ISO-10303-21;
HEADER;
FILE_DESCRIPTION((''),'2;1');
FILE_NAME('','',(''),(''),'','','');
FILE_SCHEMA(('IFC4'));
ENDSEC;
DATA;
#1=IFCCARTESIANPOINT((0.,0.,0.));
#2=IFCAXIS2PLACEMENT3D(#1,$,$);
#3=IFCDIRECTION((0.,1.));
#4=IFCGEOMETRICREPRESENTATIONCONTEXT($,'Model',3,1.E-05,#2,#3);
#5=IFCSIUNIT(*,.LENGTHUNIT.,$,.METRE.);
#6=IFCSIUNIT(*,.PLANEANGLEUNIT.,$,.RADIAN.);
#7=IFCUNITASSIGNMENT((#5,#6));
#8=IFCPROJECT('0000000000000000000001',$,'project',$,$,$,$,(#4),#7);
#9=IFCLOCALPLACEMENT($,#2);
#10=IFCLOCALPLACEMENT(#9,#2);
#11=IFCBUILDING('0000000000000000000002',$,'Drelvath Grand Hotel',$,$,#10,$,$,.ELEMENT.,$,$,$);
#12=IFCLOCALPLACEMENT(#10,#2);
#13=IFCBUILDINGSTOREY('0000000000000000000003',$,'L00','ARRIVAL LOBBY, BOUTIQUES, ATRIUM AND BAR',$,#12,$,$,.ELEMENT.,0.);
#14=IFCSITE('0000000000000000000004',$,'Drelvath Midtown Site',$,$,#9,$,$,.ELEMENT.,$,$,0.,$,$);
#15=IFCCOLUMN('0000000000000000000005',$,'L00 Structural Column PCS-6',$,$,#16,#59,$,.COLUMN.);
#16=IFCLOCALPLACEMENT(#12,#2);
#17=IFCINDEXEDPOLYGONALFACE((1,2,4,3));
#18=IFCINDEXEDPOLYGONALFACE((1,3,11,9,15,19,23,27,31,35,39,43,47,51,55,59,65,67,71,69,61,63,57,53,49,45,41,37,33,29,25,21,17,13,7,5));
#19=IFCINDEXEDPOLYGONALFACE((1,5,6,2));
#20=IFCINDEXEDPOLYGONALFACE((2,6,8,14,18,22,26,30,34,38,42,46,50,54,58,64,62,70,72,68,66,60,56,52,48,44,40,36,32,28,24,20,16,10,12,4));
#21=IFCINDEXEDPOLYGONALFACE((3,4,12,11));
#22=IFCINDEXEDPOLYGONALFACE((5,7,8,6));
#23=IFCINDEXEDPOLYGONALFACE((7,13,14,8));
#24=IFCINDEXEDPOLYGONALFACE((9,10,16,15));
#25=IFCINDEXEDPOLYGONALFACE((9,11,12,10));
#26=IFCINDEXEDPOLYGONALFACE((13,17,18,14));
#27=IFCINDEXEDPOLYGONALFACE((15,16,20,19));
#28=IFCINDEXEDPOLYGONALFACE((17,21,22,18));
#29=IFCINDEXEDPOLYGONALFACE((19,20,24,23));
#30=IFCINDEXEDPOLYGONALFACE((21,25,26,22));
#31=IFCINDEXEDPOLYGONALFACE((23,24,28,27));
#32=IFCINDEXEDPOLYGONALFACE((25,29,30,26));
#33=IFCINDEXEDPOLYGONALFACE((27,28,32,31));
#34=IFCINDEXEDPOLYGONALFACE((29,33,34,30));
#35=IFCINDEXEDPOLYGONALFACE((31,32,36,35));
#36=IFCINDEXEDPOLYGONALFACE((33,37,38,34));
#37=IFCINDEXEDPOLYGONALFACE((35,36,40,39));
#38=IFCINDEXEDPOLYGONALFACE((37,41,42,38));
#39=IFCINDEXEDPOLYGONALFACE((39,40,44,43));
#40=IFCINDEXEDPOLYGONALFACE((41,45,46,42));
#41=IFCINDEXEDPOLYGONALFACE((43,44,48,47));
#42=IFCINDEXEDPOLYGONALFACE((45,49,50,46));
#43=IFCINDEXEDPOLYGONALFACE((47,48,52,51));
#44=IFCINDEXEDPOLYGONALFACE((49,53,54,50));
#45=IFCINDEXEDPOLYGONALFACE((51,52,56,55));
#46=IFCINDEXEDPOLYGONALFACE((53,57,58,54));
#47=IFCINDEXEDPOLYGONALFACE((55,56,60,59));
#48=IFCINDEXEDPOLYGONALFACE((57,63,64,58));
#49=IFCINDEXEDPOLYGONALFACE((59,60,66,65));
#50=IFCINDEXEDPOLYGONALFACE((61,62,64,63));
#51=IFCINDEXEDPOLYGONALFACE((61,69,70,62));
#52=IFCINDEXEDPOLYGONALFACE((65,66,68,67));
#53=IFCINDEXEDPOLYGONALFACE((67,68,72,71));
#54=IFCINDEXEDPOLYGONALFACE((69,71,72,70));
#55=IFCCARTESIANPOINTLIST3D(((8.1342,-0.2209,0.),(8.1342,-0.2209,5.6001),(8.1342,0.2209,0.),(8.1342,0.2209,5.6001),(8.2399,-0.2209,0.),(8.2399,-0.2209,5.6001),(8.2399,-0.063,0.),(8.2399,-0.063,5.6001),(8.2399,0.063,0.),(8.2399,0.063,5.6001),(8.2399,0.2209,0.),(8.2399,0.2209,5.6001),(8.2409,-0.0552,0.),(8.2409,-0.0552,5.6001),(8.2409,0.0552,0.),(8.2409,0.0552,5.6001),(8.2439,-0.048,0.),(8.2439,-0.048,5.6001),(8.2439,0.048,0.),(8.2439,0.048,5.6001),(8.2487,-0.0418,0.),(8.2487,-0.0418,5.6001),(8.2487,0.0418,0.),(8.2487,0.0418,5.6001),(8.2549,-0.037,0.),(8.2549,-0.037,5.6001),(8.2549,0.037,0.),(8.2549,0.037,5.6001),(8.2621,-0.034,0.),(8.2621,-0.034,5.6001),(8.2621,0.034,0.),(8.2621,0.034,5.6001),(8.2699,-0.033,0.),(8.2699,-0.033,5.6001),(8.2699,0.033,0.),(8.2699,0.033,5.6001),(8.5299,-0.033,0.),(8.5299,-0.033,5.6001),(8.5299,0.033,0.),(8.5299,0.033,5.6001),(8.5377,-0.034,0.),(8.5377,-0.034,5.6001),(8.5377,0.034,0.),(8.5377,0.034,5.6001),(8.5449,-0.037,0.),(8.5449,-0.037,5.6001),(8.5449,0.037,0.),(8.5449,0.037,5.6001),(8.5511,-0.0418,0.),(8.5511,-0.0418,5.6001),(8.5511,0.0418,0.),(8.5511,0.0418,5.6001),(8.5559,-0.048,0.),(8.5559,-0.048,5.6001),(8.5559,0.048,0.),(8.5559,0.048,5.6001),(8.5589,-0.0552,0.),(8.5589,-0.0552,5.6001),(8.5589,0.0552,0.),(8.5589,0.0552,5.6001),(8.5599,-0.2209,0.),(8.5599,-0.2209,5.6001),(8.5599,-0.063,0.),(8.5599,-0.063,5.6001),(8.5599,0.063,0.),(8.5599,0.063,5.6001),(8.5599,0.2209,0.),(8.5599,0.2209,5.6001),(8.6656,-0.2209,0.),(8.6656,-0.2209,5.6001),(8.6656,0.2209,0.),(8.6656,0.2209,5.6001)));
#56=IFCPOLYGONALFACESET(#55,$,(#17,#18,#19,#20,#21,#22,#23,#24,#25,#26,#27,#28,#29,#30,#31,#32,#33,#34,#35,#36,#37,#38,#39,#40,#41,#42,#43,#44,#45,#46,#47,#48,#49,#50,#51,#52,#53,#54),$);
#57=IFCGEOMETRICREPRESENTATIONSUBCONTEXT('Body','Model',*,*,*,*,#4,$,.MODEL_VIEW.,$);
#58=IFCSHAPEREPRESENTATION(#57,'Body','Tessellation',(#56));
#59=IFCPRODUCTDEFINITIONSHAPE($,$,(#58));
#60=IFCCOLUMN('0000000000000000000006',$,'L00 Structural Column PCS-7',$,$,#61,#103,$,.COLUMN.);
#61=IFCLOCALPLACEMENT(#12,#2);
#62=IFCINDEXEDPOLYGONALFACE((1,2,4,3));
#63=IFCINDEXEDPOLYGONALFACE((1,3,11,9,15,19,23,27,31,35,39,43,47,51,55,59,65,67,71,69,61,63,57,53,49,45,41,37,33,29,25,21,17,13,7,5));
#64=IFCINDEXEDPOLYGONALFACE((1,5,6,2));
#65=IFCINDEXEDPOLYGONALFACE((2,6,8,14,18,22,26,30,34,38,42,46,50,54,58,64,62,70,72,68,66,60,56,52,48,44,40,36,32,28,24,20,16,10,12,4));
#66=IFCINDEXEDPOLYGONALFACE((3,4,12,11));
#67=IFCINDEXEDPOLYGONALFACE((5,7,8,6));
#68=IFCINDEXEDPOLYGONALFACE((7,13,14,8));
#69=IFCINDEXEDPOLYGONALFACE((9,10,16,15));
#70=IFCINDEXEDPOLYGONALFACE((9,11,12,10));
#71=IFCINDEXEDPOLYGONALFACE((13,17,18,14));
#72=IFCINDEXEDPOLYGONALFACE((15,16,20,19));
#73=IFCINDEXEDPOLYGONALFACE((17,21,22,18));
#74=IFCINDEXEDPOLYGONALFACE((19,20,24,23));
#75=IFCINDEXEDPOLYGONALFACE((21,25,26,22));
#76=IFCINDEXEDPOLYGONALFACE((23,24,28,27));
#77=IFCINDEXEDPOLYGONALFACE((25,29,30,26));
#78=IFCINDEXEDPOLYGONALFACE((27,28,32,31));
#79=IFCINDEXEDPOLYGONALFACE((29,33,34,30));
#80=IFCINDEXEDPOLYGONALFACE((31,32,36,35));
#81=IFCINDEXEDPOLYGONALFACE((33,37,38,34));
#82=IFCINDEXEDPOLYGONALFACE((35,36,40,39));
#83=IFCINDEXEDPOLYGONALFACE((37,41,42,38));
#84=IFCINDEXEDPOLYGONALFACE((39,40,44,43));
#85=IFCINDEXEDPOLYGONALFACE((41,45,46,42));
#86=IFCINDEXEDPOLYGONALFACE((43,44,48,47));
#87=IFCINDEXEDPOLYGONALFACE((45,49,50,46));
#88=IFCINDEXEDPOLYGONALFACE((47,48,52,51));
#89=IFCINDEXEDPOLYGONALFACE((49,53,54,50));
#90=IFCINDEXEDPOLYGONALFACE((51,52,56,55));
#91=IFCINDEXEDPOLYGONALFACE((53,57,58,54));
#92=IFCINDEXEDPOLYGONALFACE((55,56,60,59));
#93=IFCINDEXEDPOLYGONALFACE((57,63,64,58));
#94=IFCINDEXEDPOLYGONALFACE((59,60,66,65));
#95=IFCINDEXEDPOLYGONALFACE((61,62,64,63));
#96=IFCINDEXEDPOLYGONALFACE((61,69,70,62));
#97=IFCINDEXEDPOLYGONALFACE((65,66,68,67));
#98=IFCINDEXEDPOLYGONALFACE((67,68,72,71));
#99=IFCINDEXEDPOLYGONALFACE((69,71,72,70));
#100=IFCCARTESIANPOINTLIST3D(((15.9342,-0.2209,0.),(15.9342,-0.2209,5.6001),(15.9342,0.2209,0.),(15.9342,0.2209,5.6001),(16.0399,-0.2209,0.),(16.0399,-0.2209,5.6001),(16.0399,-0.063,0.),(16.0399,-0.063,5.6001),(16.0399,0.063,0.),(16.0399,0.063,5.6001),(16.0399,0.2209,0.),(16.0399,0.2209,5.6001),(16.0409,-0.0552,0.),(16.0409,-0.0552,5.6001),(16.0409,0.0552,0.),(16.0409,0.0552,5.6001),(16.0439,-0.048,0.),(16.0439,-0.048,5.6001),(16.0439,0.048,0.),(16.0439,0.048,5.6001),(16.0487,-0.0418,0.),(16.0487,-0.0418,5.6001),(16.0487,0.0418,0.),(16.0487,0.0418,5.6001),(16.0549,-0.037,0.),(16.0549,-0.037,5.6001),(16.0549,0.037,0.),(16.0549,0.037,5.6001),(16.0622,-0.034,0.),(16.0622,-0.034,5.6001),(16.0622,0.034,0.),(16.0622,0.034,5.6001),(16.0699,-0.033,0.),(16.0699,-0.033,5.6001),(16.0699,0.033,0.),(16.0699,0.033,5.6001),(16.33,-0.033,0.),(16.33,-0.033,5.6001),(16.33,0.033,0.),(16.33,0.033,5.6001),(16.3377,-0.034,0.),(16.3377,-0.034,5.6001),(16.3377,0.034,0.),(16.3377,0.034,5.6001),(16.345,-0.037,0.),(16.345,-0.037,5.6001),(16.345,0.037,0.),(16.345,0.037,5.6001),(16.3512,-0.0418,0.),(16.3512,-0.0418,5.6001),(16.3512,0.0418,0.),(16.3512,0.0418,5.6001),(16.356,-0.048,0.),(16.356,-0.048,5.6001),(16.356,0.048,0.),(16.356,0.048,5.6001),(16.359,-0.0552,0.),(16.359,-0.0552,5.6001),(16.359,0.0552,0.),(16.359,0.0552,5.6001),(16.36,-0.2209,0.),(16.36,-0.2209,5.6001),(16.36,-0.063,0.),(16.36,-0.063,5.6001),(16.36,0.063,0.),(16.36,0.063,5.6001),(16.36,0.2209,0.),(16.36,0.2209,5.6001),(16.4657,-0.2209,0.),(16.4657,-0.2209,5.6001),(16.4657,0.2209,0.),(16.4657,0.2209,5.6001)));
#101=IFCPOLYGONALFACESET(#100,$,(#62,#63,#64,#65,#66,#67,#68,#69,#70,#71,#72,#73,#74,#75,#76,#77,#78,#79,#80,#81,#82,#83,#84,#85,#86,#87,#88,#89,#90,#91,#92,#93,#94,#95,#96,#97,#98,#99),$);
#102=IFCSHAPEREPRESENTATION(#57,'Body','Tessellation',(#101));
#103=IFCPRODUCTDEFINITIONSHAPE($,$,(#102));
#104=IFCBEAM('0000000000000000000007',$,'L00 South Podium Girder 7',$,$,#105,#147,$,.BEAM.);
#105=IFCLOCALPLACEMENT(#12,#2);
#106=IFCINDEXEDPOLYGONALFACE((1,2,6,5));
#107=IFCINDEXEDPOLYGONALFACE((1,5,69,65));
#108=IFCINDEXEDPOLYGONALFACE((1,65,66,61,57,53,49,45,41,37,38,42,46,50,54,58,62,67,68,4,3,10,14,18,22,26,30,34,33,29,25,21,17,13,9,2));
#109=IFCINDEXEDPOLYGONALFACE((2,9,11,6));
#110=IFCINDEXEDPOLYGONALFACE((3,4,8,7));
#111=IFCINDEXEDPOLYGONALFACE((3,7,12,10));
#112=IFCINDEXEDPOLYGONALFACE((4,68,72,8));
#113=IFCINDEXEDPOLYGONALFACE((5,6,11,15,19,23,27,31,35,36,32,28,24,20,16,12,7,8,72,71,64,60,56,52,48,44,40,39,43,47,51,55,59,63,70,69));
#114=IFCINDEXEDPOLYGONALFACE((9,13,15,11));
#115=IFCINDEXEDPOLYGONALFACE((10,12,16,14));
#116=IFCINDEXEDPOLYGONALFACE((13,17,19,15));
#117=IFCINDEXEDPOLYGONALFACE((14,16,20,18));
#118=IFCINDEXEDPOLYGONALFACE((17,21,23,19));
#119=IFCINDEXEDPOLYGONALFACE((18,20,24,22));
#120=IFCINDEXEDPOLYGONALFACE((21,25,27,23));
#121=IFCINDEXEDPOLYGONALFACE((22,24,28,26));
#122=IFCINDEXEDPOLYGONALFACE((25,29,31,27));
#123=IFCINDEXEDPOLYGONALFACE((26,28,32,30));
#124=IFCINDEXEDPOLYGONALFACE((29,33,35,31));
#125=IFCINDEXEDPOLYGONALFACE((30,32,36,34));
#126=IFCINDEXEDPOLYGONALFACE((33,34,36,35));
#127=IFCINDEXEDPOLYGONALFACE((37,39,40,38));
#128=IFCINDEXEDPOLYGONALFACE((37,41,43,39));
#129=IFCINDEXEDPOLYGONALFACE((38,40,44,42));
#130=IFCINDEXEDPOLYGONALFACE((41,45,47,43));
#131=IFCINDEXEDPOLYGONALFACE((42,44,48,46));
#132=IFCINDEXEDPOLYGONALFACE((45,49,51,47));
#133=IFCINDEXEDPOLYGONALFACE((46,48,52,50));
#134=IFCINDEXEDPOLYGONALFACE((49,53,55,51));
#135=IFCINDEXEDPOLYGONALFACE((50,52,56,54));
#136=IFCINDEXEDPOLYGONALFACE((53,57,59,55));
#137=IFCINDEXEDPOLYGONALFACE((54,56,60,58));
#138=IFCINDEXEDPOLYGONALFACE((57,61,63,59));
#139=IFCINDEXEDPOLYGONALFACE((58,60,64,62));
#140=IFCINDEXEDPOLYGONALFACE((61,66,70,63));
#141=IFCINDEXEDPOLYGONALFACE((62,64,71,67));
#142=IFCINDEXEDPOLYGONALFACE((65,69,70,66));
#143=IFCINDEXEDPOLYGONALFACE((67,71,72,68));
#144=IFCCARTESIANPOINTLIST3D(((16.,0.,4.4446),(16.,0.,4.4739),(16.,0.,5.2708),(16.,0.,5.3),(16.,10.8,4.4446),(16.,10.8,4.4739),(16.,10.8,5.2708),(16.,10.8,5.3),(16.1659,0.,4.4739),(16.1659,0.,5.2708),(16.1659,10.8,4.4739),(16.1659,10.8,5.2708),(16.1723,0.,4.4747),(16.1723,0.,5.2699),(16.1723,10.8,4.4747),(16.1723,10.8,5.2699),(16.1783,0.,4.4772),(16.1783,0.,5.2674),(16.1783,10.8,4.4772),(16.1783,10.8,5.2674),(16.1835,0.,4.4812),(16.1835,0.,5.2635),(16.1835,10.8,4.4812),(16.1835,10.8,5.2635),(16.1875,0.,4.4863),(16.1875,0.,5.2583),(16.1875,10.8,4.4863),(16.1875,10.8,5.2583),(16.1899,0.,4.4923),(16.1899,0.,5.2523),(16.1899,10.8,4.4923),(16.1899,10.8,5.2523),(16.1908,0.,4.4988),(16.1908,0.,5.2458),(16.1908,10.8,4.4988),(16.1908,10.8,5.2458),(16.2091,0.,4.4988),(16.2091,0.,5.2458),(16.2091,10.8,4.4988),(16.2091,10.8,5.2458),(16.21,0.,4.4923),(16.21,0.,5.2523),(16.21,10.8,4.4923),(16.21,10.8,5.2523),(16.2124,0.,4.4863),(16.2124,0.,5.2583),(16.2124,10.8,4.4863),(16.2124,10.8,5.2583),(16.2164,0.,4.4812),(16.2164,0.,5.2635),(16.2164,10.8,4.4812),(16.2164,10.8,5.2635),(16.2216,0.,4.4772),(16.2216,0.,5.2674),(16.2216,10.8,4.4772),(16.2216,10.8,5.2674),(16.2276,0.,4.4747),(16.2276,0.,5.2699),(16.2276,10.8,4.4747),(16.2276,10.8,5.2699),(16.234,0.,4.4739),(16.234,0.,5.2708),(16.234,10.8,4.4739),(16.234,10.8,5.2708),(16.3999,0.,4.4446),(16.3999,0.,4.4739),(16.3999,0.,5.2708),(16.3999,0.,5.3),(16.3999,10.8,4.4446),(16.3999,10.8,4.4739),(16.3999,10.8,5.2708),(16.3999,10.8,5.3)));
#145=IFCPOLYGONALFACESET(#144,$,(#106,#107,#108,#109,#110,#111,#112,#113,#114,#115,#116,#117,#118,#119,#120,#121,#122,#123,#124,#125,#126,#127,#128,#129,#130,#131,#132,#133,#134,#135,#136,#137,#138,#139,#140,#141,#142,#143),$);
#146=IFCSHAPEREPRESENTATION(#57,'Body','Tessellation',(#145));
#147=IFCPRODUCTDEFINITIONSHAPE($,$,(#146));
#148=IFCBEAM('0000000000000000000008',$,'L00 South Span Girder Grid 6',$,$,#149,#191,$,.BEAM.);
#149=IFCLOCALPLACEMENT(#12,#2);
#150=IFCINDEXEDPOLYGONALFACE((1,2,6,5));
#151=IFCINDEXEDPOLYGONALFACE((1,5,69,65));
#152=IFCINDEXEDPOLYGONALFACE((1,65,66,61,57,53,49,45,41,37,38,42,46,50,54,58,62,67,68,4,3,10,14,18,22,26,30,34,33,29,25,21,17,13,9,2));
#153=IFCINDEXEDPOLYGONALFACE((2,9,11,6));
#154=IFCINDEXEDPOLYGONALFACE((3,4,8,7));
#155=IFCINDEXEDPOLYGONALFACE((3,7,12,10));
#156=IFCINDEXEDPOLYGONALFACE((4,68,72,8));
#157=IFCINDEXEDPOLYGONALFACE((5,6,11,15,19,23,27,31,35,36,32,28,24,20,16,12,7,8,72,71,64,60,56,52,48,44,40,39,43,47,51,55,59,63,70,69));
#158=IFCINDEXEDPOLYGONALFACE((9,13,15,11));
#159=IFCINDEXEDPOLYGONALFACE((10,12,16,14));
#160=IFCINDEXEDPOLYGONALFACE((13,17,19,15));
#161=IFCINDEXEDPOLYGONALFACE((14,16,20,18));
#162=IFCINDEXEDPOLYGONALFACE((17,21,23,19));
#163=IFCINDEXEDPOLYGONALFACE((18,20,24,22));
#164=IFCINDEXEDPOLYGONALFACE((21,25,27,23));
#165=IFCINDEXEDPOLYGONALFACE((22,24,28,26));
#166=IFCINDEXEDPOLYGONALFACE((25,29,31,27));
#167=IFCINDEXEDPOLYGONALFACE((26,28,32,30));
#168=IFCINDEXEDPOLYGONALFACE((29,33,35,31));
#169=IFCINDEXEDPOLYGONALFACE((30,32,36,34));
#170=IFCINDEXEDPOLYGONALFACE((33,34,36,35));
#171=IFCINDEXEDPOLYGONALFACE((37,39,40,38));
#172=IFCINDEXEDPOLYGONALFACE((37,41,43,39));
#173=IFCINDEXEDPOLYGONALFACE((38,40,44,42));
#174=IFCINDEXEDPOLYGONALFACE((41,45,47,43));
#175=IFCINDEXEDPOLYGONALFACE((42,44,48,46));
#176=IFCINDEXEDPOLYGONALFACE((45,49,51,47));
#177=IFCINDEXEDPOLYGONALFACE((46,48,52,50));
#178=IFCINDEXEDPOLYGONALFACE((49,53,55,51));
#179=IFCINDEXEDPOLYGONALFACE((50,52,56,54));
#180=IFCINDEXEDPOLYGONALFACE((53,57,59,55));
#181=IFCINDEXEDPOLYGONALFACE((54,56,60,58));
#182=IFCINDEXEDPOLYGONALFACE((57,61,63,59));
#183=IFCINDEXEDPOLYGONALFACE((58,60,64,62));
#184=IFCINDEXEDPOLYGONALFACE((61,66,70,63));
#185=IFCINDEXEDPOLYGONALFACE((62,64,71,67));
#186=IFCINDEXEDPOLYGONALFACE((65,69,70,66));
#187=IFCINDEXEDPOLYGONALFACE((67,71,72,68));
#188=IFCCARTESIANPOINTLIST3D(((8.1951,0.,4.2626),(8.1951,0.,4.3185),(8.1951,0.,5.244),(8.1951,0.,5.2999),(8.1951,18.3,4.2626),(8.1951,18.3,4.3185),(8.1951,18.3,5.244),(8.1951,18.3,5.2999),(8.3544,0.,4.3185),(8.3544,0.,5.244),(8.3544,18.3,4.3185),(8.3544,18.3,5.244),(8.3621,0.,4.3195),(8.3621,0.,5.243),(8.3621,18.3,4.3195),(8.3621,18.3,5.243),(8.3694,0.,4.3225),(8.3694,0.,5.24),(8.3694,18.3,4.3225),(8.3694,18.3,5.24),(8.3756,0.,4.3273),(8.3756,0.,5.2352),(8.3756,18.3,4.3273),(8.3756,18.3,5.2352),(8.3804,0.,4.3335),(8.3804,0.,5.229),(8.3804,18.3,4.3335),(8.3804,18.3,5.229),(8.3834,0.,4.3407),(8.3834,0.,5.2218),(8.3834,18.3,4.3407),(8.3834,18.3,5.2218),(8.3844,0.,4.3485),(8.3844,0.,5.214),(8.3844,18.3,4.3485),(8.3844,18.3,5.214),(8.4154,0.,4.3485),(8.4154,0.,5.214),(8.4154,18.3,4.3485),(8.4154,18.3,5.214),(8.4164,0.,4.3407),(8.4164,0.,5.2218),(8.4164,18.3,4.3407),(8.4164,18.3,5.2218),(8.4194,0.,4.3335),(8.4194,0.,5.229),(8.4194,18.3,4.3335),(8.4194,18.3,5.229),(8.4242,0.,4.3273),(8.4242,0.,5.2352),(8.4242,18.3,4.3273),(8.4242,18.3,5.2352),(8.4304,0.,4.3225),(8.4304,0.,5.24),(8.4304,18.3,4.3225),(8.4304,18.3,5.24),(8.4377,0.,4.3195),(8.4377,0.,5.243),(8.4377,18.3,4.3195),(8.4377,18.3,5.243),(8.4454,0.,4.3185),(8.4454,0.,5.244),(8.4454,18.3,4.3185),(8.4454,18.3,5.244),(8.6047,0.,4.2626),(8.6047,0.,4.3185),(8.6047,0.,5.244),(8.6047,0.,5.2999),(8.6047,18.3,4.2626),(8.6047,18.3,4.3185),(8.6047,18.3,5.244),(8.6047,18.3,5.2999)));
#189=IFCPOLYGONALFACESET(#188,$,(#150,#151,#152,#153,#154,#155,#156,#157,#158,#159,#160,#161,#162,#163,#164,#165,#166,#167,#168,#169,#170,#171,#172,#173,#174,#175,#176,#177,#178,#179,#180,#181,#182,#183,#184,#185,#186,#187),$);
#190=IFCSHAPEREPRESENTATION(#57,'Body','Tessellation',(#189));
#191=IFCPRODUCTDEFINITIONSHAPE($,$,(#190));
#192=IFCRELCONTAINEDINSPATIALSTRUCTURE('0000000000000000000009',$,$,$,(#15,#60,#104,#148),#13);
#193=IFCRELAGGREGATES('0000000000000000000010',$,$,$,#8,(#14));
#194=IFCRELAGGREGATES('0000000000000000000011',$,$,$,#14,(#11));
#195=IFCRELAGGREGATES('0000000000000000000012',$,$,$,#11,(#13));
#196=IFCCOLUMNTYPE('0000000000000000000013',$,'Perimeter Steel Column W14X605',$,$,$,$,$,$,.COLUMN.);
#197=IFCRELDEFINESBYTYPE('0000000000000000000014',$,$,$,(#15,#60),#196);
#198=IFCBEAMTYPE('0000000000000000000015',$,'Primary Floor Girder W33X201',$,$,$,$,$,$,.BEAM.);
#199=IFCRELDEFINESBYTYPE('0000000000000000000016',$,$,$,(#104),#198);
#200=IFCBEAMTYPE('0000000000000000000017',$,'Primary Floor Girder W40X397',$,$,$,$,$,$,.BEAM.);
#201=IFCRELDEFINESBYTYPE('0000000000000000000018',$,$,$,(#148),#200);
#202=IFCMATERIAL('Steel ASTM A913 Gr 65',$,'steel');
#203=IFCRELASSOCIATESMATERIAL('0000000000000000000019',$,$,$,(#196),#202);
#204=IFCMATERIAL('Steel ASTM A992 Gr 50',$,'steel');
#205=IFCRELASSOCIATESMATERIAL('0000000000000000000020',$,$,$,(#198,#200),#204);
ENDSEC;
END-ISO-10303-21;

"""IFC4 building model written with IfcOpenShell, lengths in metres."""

from ifc_helpers import new_model, si_unit, direction, frame, origin, origin_2d, place, context, subcontext, project, spatial, i_section, extrude, material, material_profile, profile_set, type_object, element, save


model = new_model("IFC4")

# Units and contexts
model_context = context("Model", 3, precision=1e-05, world=origin(), true_north=direction((0.0, 1.0)))
body_context = subcontext(model_context, "Body", "Model", "MODEL_VIEW")
ifc_project = project(units=[si_unit("LENGTHUNIT", "METRE"), si_unit("PLANEANGLEUNIT", "RADIAN")], contexts=[model_context])

# Site, building, storey
site_placement = place(None, origin())
site = spatial("IfcSite", under=ifc_project, at=site_placement, Name="Drelvath Midtown Site", CompositionType="ELEMENT", RefElevation=0.0)
building_placement = place(site_placement, origin())
building = spatial("IfcBuilding", under=site, at=building_placement, Name="Drelvath Grand Hotel", CompositionType="ELEMENT")
storey_placement = place(building_placement, origin())
storey = spatial("IfcBuildingStorey", under=building, at=storey_placement, Name="L00", Description="ARRIVAL LOBBY, BOUTIQUES, ATRIUM AND BAR", CompositionType="ELEMENT", Elevation=0.0)

# Columns
ifc_material_1 = material(Name="Steel ASTM A913 Gr 65", Category="steel")
ifc_material_profile_1 = material_profile(ifc_material_1, i_section(OverallWidth=0.4419, OverallDepth=0.5315, WebThickness=0.0659, FlangeThickness=0.1057, FilletRadius=0.03, at=origin_2d()), Name="W14X605")
ifc_profile_set_1 = profile_set([ifc_material_profile_1], Name="Steel ASTM A913 Gr 65")
column_type_1 = type_object("IfcColumnType", Name="Perimeter Steel Column W14X605", PredefinedType="COLUMN", material=ifc_profile_set_1)
for number, where, z_axis, x_axis, name in (
    (1, (8.3999, 0.0, 0.0), (0.0, 0.0, 1.0), (0.0, 1.0, 0.0), "L00 Structural Column PCS-6"),
    (2, (16.2, 0.0, 0.0), (0.0, 0.0, 1.0), (0.0, 1.0, 0.0), "L00 Structural Column PCS-7"),
):
    element("IfcColumn", number, at=place(storey_placement, frame(where, z_axis=z_axis, x_axis=x_axis)), inside=storey, type_object=column_type_1, Name=name, PredefinedType="COLUMN", context=body_context, shape_type="SweptSolid", body=[
        extrude(i_section(OverallWidth=0.4419, OverallDepth=0.5315, WebThickness=0.0659, FlangeThickness=0.1057, FilletRadius=0.03, at=origin_2d()), origin(), (0.0, 0.0, 1.0), 5.6001),
    ])

# Beams
ifc_material_2 = material(Name="Steel ASTM A992 Gr 50", Category="steel")
ifc_material_profile_2 = material_profile(ifc_material_2, i_section(OverallWidth=0.3999, OverallDepth=0.8555, WebThickness=0.0183, FlangeThickness=0.0293, FilletRadius=0.0249, at=origin_2d()), Name="W33X201")
ifc_profile_set_2 = profile_set([ifc_material_profile_2], Name="Steel ASTM A992 Gr 50")
beam_type_1 = type_object("IfcBeamType", Name="Primary Floor Girder W33X201", PredefinedType="BEAM", material=ifc_profile_set_2)
beam_1_placement = place(storey_placement, frame((16.2, 0.0, 4.8723), z_axis=(0.0, 1.0, 0.0), x_axis=(-1.0, 0.0, 0.0)))
element("IfcBeam", 3, at=beam_1_placement, inside=storey, type_object=beam_type_1, Name="L00 South Podium Girder 7", PredefinedType="BEAM", context=body_context, shape_type="SweptSolid", body=[
    extrude(i_section(OverallWidth=0.3999, OverallDepth=0.8555, WebThickness=0.0183, FlangeThickness=0.0293, FilletRadius=0.0249, at=origin_2d()), origin(), (0.0, 0.0, 1.0), 10.8),
])
ifc_material_profile_3 = material_profile(ifc_material_2, i_section(OverallWidth=0.4097, OverallDepth=1.0374, WebThickness=0.031, FlangeThickness=0.0559, FilletRadius=0.03, at=origin_2d()), Name="W40X397")
ifc_profile_set_3 = profile_set([ifc_material_profile_3], Name="Steel ASTM A992 Gr 50")
beam_type_2 = type_object("IfcBeamType", Name="Primary Floor Girder W40X397", PredefinedType="BEAM", material=ifc_profile_set_3)
beam_2_placement = place(storey_placement, frame((8.3999, 0.0, 4.7812), z_axis=(0.0, 1.0, 0.0), x_axis=(-1.0, 0.0, 0.0)))
element("IfcBeam", 4, at=beam_2_placement, inside=storey, type_object=beam_type_2, Name="L00 South Span Girder Grid 6", PredefinedType="BEAM", context=body_context, shape_type="SweptSolid", body=[
    extrude(i_section(OverallWidth=0.4097, OverallDepth=1.0374, WebThickness=0.031, FlangeThickness=0.0559, FilletRadius=0.03, at=origin_2d()), origin(), (0.0, 0.0, 1.0), 18.3),
])

save(model, "model.ifc")
